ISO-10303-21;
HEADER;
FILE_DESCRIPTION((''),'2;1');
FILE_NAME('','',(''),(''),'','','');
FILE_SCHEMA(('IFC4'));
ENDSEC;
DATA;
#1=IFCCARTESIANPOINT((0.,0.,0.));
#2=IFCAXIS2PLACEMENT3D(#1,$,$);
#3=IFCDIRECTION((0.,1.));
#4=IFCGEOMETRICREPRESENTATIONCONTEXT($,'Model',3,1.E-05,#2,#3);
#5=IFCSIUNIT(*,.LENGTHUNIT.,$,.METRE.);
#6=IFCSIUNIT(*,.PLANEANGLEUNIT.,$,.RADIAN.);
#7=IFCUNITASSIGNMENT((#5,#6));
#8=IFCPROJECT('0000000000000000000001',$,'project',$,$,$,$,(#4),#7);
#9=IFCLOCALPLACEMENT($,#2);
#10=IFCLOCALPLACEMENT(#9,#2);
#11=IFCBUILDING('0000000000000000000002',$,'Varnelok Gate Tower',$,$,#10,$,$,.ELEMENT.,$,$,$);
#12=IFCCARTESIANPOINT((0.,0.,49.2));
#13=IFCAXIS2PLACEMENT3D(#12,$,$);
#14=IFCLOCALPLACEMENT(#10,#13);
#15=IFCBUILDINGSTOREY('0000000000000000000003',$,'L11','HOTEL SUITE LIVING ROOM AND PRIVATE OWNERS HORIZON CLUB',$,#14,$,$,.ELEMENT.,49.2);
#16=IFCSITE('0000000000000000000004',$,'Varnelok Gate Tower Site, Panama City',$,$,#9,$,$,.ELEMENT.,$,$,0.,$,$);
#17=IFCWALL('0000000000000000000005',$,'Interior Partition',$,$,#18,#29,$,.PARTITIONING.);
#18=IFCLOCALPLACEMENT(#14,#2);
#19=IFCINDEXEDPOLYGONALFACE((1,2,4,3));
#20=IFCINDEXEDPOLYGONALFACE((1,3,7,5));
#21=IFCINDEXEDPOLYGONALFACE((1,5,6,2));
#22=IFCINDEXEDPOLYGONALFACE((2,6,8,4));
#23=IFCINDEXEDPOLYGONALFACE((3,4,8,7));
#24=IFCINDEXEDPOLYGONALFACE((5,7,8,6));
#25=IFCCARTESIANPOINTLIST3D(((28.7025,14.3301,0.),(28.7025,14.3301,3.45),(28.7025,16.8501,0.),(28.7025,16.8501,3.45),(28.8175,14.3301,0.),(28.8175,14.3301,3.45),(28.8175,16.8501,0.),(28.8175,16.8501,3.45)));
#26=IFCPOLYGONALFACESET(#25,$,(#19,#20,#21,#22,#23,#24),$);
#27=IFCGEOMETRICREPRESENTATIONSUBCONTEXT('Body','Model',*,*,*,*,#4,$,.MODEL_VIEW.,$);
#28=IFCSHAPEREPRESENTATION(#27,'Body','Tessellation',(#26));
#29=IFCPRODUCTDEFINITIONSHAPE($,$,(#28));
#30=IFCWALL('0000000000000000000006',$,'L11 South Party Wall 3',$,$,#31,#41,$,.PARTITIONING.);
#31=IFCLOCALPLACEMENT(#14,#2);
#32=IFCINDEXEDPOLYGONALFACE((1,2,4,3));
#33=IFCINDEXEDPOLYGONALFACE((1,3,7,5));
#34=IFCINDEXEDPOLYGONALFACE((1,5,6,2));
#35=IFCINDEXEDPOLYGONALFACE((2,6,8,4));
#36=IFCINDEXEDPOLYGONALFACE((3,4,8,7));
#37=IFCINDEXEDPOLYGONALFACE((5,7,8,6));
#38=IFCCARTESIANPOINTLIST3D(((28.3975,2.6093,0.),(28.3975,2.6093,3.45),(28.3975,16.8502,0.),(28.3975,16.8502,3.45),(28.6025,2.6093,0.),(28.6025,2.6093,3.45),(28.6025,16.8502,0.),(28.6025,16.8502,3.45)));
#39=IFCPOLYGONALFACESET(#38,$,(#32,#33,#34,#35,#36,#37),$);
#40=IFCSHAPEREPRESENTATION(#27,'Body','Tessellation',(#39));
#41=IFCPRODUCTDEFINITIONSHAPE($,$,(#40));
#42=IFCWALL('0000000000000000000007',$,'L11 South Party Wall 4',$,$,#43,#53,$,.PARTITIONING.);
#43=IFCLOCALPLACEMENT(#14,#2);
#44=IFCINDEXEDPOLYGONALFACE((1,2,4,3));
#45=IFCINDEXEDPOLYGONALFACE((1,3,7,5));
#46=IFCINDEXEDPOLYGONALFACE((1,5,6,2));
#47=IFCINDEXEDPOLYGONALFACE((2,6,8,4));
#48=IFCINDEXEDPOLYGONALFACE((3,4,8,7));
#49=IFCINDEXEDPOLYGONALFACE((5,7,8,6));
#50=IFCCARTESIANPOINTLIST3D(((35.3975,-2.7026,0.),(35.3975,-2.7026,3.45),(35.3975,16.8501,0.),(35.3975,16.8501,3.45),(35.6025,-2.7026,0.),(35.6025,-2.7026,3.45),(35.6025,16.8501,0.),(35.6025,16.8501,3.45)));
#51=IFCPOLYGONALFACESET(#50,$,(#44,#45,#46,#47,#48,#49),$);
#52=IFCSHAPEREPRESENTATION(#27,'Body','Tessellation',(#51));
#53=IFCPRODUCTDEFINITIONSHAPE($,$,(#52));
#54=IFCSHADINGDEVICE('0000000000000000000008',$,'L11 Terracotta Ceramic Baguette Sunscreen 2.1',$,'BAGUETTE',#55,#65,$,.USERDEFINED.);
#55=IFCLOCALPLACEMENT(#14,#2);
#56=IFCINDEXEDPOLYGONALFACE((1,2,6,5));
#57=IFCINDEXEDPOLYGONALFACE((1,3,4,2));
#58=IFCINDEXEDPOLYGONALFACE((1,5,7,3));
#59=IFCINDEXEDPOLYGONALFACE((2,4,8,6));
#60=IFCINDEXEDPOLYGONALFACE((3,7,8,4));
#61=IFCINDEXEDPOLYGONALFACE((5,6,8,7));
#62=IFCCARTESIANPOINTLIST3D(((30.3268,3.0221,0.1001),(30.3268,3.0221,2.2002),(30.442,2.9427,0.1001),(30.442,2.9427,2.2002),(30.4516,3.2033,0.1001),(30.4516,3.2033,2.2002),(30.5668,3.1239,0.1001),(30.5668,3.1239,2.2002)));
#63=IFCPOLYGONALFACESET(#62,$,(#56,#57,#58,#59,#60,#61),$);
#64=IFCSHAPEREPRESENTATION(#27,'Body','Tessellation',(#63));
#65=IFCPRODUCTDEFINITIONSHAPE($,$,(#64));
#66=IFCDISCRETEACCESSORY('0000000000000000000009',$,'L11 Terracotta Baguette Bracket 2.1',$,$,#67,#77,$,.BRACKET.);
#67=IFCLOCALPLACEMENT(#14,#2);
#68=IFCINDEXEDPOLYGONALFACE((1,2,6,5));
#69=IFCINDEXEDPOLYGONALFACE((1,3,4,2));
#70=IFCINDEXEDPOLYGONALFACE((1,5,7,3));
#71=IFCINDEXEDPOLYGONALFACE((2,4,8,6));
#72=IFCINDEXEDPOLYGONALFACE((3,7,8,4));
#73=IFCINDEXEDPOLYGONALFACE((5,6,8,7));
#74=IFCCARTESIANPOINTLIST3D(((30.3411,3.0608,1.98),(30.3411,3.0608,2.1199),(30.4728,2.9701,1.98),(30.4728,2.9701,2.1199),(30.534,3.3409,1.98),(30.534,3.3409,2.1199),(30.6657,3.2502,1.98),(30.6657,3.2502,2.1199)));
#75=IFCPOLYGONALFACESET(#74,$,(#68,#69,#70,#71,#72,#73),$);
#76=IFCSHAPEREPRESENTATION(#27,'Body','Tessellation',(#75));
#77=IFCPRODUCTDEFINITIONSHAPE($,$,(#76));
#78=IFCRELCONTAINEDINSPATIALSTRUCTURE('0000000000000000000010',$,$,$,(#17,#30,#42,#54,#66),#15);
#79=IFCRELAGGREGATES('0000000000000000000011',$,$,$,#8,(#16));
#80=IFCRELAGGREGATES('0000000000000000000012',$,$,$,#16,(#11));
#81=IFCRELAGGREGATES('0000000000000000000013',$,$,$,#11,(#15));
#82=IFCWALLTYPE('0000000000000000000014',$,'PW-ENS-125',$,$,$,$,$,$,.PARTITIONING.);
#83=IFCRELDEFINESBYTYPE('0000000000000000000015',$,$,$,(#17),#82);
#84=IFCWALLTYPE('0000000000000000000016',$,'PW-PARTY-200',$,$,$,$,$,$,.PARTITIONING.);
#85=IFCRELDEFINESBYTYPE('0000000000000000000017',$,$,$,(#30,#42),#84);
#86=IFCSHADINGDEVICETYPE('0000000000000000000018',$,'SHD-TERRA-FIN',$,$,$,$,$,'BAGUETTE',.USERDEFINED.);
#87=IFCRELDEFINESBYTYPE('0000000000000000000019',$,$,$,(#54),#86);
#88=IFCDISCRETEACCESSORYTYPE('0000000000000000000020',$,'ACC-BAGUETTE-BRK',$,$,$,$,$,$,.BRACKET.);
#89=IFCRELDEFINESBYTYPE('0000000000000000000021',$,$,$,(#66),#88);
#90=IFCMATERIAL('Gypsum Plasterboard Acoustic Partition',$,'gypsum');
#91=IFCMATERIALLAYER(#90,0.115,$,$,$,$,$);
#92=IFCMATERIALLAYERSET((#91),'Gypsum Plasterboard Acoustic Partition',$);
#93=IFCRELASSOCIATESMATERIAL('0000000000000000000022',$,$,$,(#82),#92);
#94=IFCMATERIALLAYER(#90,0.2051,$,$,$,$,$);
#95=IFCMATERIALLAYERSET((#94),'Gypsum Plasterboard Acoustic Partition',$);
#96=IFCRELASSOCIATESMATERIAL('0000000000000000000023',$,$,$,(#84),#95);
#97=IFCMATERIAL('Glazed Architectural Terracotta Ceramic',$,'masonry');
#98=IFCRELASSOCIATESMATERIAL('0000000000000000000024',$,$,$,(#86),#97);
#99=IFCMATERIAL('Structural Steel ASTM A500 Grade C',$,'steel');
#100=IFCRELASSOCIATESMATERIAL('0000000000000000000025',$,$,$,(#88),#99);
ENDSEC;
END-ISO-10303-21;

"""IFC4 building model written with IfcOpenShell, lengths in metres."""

from ifc_helpers import new_model, si_unit, direction, frame, frame_2d, origin, origin_2d, place, context, subcontext, project, spatial, rectangle, extrude, source, transform, mapped, material, layer, layer_set, type_object, element, save


model = new_model("IFC4")

# Units and contexts
model_context = context("Model", 3, precision=1e-05, world=origin(), true_north=direction((0.0, 1.0)))
body_context = subcontext(model_context, "Body", "Model", "MODEL_VIEW")
ifc_project = project(units=[si_unit("LENGTHUNIT", "METRE"), si_unit("PLANEANGLEUNIT", "RADIAN")], contexts=[model_context])

# Site, building, storey
site_placement = place(None, origin())
site = spatial("IfcSite", under=ifc_project, at=site_placement, Name="Varnelok Gate Tower Site, Panama City", CompositionType="ELEMENT", RefElevation=0.0)
building_placement = place(site_placement, origin())
building = spatial("IfcBuilding", under=site, at=building_placement, Name="Varnelok Gate Tower", CompositionType="ELEMENT")
storey_placement = place(building_placement, frame((0.0, 0.0, 49.2)))
storey = spatial("IfcBuildingStorey", under=building, at=storey_placement, Name="L11", Description="HOTEL SUITE LIVING ROOM AND PRIVATE OWNERS HORIZON CLUB", CompositionType="ELEMENT", Elevation=49.2)

# Shared definitions
ifc_material_1 = material(Name="Gypsum Plasterboard Acoustic Partition", Category="gypsum")

# Shared definitions
ifc_layer_1 = layer(ifc_material_1, 0.115)
ifc_layer_set_1 = layer_set([ifc_layer_1], Name="Gypsum Plasterboard Acoustic Partition")
wall_type_1 = type_object("IfcWallType", Name="PW-ENS-125", PredefinedType="PARTITIONING", material=ifc_layer_set_1)

# Walls
wall_1_placement = place(storey_placement, frame((28.76, 14.3301, 0.0), z_axis=(0.0, 0.0, 1.0), x_axis=(0.0, 1.0, 0.0)))
element("IfcWall", 1, at=wall_1_placement, inside=storey, type_object=wall_type_1, Name="Interior Partition", PredefinedType="PARTITIONING", context=body_context, shape_type="SweptSolid", body=[
    extrude(rectangle(XDim=2.52, YDim=0.115, at=frame_2d((1.26, 0.0))), origin(), (0.0, 0.0, 1.0), 3.45),
])
ifc_layer_2 = layer(ifc_material_1, 0.2051)
ifc_layer_set_2 = layer_set([ifc_layer_2], Name="Gypsum Plasterboard Acoustic Partition")
wall_type_2 = type_object("IfcWallType", Name="PW-PARTY-200", PredefinedType="PARTITIONING", material=ifc_layer_set_2)
wall_2_placement = place(storey_placement, frame((28.5, 2.6091, 0.0), z_axis=(0.0, 0.0, 1.0), x_axis=(0.0, 1.0, 0.0)))
element("IfcWall", 2, at=wall_2_placement, inside=storey, type_object=wall_type_2, Name="L11 South Party Wall 3", PredefinedType="PARTITIONING", context=body_context, shape_type="SweptSolid", body=[
    extrude(rectangle(XDim=14.241, YDim=0.2051, at=frame_2d((7.1206, 0.0))), origin(), (0.0, 0.0, 1.0), 3.45),
])
wall_3_placement = place(storey_placement, frame((35.5, -2.7026, 0.0), z_axis=(0.0, 0.0, 1.0), x_axis=(0.0, 1.0, 0.0)))
element("IfcWall", 3, at=wall_3_placement, inside=storey, type_object=wall_type_2, Name="L11 South Party Wall 4", PredefinedType="PARTITIONING", context=body_context, shape_type="SweptSolid", body=[
    extrude(rectangle(XDim=19.5527, YDim=0.2051, at=frame_2d((9.7764, 0.0))), origin(), (0.0, 0.0, 1.0), 3.45),
])

# Shading device
ifc_material_2 = material(Name="Glazed Architectural Terracotta Ceramic", Category="masonry")
shading_device_type = type_object("IfcShadingDeviceType", Name="SHD-TERRA-FIN", ElementType="BAGUETTE", PredefinedType="USERDEFINED", material=ifc_material_2)
shared_shape_1 = source(origin(), body_context, "Body", "SweptSolid", [
    extrude(rectangle(XDim=0.1399, YDim=0.22, at=origin_2d()), origin(), (0.0, 0.0, 1.0), 2.1001),
])
shading_device_placement = place(storey_placement, frame((30.4468, 3.073, 0.1001), z_axis=(0.0, 0.0, 1.0), x_axis=(0.823533, -0.567269, 0.0)))
element("IfcShadingDevice", 4, at=shading_device_placement, inside=storey, type_object=shading_device_type, Name="L11 Terracotta Ceramic Baguette Sunscreen 2.1", ObjectType="BAGUETTE", PredefinedType="USERDEFINED", context=body_context, shape_type="MappedRepresentation", body=[
    mapped(shared_shape_1, transform((0.0, 0.0, 0.0), scale=1.0)),
])

# Discrete accessory
ifc_material_3 = material(Name="Structural Steel ASTM A500 Grade C", Category="steel")
discrete_accessory_type = type_object("IfcDiscreteAccessoryType", Name="ACC-BAGUETTE-BRK", PredefinedType="BRACKET", material=ifc_material_3)
shared_shape_2 = source(origin(), body_context, "Body", "SweptSolid", [
    extrude(rectangle(XDim=0.1599, YDim=0.3401, at=origin_2d()), origin(), (0.0, 0.0, 1.0), 0.1399),
])
discrete_accessory_placement = place(storey_placement, frame((30.5034, 3.1555, 1.98), z_axis=(0.0, 0.0, 1.0), x_axis=(0.823533, -0.567269, 0.0)))
element("IfcDiscreteAccessory", 5, at=discrete_accessory_placement, inside=storey, type_object=discrete_accessory_type, Name="L11 Terracotta Baguette Bracket 2.1", PredefinedType="BRACKET", context=body_context, shape_type="MappedRepresentation", body=[
    mapped(shared_shape_2, transform((0.0, 0.0, 0.0), scale=1.0)),
])

save(model, "model.ifc")
